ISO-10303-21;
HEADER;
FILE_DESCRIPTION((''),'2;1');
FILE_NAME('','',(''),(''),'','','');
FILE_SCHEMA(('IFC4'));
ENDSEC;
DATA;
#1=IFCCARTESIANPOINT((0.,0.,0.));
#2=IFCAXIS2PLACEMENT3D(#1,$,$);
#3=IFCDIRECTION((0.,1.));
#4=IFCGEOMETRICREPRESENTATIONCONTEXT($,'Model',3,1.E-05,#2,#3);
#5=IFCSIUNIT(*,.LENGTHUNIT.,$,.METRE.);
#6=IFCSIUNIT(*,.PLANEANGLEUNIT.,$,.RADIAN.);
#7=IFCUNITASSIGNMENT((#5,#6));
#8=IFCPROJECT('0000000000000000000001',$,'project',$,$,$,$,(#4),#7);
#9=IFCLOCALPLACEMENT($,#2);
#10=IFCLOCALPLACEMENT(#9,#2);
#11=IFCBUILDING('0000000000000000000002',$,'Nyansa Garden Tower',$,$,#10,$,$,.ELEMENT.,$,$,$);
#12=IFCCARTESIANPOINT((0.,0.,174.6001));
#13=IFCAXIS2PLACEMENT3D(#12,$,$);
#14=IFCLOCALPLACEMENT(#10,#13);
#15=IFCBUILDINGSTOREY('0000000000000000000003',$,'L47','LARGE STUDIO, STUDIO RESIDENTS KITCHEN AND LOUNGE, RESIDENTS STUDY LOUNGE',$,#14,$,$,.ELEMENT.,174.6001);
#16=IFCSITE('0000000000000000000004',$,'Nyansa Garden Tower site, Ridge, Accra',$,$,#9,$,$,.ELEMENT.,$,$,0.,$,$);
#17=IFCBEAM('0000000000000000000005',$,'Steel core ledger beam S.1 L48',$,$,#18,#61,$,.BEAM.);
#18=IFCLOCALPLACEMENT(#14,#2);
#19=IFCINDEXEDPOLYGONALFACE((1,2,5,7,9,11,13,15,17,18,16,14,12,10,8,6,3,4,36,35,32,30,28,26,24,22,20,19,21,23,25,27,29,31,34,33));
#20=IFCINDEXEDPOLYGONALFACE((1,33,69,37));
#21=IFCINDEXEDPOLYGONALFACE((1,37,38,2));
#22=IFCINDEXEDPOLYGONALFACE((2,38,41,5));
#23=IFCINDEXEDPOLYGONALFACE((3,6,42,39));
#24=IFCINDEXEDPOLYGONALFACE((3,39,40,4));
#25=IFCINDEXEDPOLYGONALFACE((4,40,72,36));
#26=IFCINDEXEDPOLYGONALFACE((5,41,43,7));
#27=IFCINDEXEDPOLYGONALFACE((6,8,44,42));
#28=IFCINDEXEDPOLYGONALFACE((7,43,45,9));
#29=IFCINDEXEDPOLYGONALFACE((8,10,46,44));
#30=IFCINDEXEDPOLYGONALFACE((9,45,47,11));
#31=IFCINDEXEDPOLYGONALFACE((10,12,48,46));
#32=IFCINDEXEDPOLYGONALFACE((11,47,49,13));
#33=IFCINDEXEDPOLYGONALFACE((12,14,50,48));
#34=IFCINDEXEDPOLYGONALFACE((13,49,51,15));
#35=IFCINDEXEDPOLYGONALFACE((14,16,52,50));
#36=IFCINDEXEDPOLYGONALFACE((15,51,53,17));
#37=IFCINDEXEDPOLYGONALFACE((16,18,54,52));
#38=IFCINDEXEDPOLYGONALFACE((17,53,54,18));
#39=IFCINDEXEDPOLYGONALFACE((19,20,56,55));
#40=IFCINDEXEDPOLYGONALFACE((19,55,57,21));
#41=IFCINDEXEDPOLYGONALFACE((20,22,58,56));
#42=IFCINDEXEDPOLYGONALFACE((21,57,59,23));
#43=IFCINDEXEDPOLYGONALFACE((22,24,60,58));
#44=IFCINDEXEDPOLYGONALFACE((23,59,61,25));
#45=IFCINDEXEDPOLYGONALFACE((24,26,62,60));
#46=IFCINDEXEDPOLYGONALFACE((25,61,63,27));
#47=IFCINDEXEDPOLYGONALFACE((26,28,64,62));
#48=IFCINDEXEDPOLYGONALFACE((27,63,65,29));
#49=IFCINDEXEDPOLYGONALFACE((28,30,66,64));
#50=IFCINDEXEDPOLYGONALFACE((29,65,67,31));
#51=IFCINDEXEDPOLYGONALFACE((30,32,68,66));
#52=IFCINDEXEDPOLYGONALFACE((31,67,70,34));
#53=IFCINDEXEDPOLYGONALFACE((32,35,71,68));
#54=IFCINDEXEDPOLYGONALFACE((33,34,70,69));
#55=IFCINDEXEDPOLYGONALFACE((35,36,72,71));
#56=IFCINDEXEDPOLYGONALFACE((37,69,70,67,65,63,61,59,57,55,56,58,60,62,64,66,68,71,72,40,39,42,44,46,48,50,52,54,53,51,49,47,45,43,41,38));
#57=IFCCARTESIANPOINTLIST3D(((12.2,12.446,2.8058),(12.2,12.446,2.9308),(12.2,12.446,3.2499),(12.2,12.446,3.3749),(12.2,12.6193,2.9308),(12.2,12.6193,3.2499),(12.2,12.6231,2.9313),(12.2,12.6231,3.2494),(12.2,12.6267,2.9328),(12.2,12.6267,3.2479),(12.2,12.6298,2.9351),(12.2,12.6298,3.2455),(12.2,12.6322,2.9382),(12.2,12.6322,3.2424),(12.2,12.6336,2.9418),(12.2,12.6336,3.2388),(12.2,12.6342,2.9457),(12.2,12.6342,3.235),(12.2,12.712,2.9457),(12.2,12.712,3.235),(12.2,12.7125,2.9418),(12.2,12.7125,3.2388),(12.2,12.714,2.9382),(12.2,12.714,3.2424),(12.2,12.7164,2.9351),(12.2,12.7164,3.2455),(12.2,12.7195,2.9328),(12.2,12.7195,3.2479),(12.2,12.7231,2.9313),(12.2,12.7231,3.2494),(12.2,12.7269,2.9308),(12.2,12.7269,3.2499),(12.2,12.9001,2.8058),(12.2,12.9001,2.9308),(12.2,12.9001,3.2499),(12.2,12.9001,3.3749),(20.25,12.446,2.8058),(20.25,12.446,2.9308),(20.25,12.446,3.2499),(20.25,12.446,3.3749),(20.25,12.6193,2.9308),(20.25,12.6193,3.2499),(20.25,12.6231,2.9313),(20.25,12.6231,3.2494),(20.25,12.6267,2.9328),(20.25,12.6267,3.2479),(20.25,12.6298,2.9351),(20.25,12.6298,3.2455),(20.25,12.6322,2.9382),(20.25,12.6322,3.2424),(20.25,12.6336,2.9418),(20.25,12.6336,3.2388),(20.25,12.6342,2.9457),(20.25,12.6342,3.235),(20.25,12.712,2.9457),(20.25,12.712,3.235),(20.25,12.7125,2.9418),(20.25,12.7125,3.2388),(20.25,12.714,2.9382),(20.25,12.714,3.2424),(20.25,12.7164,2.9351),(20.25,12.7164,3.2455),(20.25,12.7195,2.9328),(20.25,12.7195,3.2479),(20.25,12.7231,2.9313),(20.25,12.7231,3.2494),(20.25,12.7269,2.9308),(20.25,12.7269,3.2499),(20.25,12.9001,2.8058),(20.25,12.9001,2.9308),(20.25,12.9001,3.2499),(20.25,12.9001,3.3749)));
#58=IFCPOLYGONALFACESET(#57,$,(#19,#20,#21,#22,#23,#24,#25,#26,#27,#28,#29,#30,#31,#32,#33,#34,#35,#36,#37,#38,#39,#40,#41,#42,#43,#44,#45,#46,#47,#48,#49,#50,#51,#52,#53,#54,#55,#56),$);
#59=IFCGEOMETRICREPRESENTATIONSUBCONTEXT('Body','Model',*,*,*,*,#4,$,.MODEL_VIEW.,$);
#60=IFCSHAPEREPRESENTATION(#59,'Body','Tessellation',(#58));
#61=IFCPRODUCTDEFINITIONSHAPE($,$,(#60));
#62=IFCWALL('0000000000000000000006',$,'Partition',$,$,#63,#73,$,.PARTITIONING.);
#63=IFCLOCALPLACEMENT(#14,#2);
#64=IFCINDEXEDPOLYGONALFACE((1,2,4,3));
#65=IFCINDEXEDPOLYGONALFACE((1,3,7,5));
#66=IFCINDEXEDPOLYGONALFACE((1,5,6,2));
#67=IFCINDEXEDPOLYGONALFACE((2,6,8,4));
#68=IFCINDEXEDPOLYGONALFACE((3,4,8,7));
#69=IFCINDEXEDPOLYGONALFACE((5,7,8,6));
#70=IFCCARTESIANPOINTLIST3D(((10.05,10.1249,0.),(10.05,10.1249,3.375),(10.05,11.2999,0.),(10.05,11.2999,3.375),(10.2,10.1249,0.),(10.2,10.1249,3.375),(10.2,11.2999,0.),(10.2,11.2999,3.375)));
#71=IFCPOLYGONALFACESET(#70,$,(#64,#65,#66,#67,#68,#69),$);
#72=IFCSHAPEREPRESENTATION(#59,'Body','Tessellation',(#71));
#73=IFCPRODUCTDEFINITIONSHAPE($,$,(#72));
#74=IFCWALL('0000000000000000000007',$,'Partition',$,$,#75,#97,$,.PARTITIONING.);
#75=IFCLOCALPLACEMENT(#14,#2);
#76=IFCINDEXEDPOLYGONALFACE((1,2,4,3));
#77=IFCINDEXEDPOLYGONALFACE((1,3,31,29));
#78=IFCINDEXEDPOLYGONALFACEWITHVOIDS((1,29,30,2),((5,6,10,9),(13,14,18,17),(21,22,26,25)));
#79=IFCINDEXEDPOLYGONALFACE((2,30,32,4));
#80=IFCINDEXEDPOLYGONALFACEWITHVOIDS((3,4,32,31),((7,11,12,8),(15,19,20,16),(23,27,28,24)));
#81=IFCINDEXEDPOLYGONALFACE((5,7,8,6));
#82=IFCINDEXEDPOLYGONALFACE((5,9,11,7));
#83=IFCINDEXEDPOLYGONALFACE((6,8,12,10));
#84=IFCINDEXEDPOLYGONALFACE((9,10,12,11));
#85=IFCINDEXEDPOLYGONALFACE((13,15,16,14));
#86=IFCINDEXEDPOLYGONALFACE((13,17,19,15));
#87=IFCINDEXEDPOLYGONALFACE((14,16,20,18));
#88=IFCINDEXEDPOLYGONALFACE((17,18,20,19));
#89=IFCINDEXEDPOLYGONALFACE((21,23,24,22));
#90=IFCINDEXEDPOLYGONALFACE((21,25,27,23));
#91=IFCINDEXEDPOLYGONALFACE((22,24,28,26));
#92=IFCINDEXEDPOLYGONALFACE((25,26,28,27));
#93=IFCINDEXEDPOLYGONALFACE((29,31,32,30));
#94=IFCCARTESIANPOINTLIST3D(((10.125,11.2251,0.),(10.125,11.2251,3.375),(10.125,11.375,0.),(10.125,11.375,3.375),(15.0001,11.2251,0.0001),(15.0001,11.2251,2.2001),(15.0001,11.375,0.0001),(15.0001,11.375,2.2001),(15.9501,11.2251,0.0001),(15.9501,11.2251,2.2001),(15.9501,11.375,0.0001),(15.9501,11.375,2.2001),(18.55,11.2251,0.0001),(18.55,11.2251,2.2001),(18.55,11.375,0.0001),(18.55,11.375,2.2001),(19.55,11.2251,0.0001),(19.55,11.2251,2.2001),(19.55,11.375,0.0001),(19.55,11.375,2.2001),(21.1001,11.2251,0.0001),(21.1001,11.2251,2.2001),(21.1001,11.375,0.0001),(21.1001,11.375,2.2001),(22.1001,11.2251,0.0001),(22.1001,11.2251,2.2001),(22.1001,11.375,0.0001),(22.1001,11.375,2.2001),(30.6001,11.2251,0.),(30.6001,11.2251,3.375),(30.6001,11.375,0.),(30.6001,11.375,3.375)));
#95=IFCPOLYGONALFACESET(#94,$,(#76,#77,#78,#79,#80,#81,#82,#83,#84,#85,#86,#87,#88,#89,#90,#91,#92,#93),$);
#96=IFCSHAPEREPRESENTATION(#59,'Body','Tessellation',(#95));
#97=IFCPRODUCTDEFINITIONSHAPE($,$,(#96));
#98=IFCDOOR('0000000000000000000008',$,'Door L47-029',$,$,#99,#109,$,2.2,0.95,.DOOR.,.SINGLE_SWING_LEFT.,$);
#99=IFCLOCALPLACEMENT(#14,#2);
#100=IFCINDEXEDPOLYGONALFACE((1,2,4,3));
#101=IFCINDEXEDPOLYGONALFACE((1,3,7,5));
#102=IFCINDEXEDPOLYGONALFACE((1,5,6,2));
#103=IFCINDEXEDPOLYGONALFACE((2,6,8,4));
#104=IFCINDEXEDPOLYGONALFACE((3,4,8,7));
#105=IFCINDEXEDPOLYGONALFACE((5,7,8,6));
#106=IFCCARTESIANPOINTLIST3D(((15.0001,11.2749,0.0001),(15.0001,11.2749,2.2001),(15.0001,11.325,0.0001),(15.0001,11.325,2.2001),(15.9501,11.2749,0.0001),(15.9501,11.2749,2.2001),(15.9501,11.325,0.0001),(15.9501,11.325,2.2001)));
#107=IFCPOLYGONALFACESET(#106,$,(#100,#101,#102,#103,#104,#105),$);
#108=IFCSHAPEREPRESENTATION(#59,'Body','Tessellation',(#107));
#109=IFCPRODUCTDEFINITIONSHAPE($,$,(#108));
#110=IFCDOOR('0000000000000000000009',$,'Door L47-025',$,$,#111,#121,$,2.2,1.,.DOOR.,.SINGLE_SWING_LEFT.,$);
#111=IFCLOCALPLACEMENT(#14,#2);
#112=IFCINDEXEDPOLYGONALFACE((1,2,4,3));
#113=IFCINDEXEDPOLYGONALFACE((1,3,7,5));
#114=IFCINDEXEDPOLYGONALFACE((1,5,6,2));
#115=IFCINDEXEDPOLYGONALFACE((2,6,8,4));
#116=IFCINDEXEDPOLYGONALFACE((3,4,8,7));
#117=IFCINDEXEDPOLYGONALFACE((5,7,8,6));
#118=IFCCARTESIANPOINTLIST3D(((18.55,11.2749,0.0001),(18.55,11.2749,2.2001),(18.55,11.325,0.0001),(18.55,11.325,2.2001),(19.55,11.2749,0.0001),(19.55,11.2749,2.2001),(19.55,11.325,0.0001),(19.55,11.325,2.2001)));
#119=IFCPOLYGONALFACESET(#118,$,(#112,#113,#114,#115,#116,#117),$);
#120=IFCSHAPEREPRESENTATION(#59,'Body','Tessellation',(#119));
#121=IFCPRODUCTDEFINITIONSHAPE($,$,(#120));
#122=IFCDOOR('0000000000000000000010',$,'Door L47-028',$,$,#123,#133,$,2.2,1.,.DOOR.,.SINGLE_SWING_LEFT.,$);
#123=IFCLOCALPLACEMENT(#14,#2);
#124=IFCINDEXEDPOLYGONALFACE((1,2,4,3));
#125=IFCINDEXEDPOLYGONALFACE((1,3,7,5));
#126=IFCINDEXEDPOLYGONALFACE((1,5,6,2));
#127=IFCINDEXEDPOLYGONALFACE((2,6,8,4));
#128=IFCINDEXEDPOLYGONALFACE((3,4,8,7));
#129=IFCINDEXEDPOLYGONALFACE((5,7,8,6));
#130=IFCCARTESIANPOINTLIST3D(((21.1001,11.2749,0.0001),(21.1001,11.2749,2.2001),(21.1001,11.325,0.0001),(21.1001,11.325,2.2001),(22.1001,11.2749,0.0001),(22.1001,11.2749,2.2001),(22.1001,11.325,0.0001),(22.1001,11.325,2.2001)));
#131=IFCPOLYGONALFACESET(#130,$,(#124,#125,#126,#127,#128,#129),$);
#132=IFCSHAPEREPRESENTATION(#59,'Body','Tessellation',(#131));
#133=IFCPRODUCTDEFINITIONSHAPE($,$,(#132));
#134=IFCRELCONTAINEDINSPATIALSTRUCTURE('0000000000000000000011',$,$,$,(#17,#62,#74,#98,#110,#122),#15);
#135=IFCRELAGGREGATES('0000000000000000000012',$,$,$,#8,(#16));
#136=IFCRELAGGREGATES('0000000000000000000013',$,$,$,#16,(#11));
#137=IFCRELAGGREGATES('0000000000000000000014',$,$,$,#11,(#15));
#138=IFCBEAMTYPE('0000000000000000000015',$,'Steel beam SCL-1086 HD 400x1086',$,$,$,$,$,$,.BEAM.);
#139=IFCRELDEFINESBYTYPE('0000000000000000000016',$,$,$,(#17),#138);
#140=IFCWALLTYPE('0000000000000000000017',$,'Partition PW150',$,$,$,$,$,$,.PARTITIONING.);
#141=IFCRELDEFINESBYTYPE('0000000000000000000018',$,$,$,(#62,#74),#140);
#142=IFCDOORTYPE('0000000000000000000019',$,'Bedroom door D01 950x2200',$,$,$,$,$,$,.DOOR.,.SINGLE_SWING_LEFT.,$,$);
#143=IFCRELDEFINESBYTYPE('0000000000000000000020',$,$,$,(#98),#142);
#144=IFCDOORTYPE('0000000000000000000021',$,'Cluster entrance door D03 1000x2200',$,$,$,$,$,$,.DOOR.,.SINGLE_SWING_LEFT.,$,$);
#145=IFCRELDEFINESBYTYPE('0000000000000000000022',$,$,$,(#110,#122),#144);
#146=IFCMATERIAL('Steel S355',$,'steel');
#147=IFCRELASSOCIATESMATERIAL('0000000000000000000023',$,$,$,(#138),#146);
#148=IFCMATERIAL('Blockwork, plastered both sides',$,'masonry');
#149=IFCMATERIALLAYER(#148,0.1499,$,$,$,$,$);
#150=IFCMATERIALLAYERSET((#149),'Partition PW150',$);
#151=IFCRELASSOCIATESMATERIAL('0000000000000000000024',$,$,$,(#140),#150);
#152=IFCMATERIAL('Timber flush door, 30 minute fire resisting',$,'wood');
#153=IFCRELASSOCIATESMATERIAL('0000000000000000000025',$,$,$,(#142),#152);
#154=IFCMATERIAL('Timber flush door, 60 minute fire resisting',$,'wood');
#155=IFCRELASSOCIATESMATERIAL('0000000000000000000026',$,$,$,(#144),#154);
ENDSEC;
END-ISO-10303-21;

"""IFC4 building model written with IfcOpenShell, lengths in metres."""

from ifc_helpers import new_model, si_unit, direction, frame, frame_2d, origin, origin_2d, place, context, subcontext, project, spatial, rectangle, i_section, extrude, material, layer, layer_set, material_profile, profile_set, type_object, element, fill, save


model = new_model("IFC4")

# Units and contexts
model_context = context("Model", 3, precision=1e-05, world=origin(), true_north=direction((0.0, 1.0)))
body_context = subcontext(model_context, "Body", "Model", "MODEL_VIEW")
ifc_project = project(units=[si_unit("LENGTHUNIT", "METRE"), si_unit("PLANEANGLEUNIT", "RADIAN")], contexts=[model_context])

# Site, building, storey
site_placement = place(None, origin())
site = spatial("IfcSite", under=ifc_project, at=site_placement, Name="Nyansa Garden Tower site, Ridge, Accra", CompositionType="ELEMENT", RefElevation=0.0)
building_placement = place(site_placement, origin())
building = spatial("IfcBuilding", under=site, at=building_placement, Name="Nyansa Garden Tower", CompositionType="ELEMENT")
storey_placement = place(building_placement, frame((0.0, 0.0, 174.6001)))
storey = spatial("IfcBuildingStorey", under=building, at=storey_placement, Name="L47", Description="LARGE STUDIO, STUDIO RESIDENTS KITCHEN AND LOUNGE, RESIDENTS STUDY LOUNGE", CompositionType="ELEMENT", Elevation=174.6001)

# Beam
ifc_material_1 = material(Name="Steel S355", Category="steel")
ifc_material_profile_1 = material_profile(ifc_material_1, i_section(OverallWidth=0.4541, OverallDepth=0.5691, WebThickness=0.0779, FlangeThickness=0.125, FilletRadius=0.0149, at=origin_2d()), Name="HD 400x1086")
ifc_profile_set_1 = profile_set([ifc_material_profile_1], Name="Steel S355")
beam_type_1 = type_object("IfcBeamType", Name="Steel beam SCL-1086 HD 400x1086", PredefinedType="BEAM", material=ifc_profile_set_1)
beam_1_placement = place(storey_placement, frame((12.2, 12.6731, 3.0903), z_axis=(1.0, 0.0, 0.0), x_axis=(0.0, 1.0, 0.0)))
element("IfcBeam", 1, at=beam_1_placement, inside=storey, type_object=beam_type_1, Name="Steel core ledger beam S.1 L48", PredefinedType="BEAM", context=body_context, shape_type="SweptSolid", body=[
    extrude(i_section(OverallWidth=0.4541, OverallDepth=0.5691, WebThickness=0.0779, FlangeThickness=0.125, FilletRadius=0.0149, at=origin_2d()), origin(), (0.0, 0.0, 1.0), 8.05),
])

# Wall
ifc_material_2 = material(Name="Blockwork, plastered both sides", Category="masonry")
ifc_layer = layer(ifc_material_2, 0.1499)
ifc_layer_set = layer_set([ifc_layer], Name="Partition PW150")
wall_type = type_object("IfcWallType", Name="Partition PW150", PredefinedType="PARTITIONING", material=ifc_layer_set)
wall_1_placement = place(storey_placement, frame((10.125, 10.125, 0.0), z_axis=(0.0, 0.0, 1.0), x_axis=(0.0, 1.0, 0.0)))
element("IfcWall", 2, at=wall_1_placement, inside=storey, type_object=wall_type, Name="Partition", PredefinedType="PARTITIONING", context=body_context, shape_type="SweptSolid", body=[
    extrude(rectangle(XDim=1.175, YDim=0.1499, at=frame_2d((0.5874, 0.0))), origin(), (0.0, 0.0, 1.0), 3.375),
])

# Wall, openings, doors
wall_2_placement = place(storey_placement, frame((10.125, 11.3, 0.0), z_axis=(0.0, 0.0, 1.0), x_axis=(1.0, 0.0, 0.0)))
wall_2 = element("IfcWall", 3, at=wall_2_placement, inside=storey, type_object=wall_type, Name="Partition", PredefinedType="PARTITIONING", context=body_context, shape_type="SweptSolid", body=[
    extrude(rectangle(XDim=20.4751, YDim=0.1499, at=frame_2d((10.2375, 0.0))), origin(), (0.0, 0.0, 1.0), 3.375),
])
opening_1_placement = place(wall_2_placement, frame((8.425, 0.0, 0.0)))
opening_1 = element("IfcOpeningElement", 4, at=opening_1_placement, cuts=wall_2, PredefinedType="OPENING", context=body_context, shape_type="SweptSolid", body=[
    extrude(rectangle(XDim=1.0, YDim=2.2, at=frame_2d((0.5, 1.1001))), frame((0.0, 0.085, 0.0), z_axis=(0.0, -1.0, 0.0), x_axis=(1.0, 0.0, 0.0)), (0.0, 0.0, 1.0), 0.1699),
])
opening_2_placement = place(wall_2_placement, frame((10.9751, 0.0, 0.0)))
opening_2 = element("IfcOpeningElement", 5, at=opening_2_placement, cuts=wall_2, PredefinedType="OPENING", context=body_context, shape_type="SweptSolid", body=[
    extrude(rectangle(XDim=1.0, YDim=2.2, at=frame_2d((0.5, 1.1001))), frame((0.0, 0.085, 0.0), z_axis=(0.0, -1.0, 0.0), x_axis=(1.0, 0.0, 0.0)), (0.0, 0.0, 1.0), 0.1699),
])
opening_3_placement = place(wall_2_placement, frame((4.875, 0.0, 0.0)))
opening_3 = element("IfcOpeningElement", 6, at=opening_3_placement, cuts=wall_2, PredefinedType="OPENING", context=body_context, shape_type="SweptSolid", body=[
    extrude(rectangle(XDim=0.95, YDim=2.2, at=frame_2d((0.4751, 1.1001))), frame((0.0, 0.085, 0.0), z_axis=(0.0, -1.0, 0.0), x_axis=(1.0, 0.0, 0.0)), (0.0, 0.0, 1.0), 0.1699),
])
ifc_material_3 = material(Name="Timber flush door, 30 minute fire resisting", Category="wood")
door_type_1 = type_object("IfcDoorType", Name="Bedroom door D01 950x2200", OperationType="SINGLE_SWING_LEFT", PredefinedType="DOOR", material=ifc_material_3)
door_1_placement = place(opening_3_placement, origin())
door_1 = element("IfcDoor", 7, at=door_1_placement, inside=storey, type_object=door_type_1, Name="Door L47-029", OperationType="SINGLE_SWING_LEFT", OverallHeight=2.2, OverallWidth=0.95, PredefinedType="DOOR", context=body_context, shape_type="SweptSolid", body=[
    extrude(rectangle(XDim=0.95, YDim=2.2, at=frame_2d((0.4751, 1.1001))), frame((0.0, 0.0249, 0.0), z_axis=(0.0, -1.0, 0.0), x_axis=(1.0, 0.0, 0.0)), (0.0, 0.0, 1.0), 0.05),
])
fill(opening_3, door_1)
ifc_material_4 = material(Name="Timber flush door, 60 minute fire resisting", Category="wood")
door_type_2 = type_object("IfcDoorType", Name="Cluster entrance door D03 1000x2200", OperationType="SINGLE_SWING_LEFT", PredefinedType="DOOR", material=ifc_material_4)
door_2_placement = place(opening_1_placement, origin())
door_2 = element("IfcDoor", 8, at=door_2_placement, inside=storey, type_object=door_type_2, Name="Door L47-025", OperationType="SINGLE_SWING_LEFT", OverallHeight=2.2, OverallWidth=1.0, PredefinedType="DOOR", context=body_context, shape_type="SweptSolid", body=[
    extrude(rectangle(XDim=1.0, YDim=2.2, at=frame_2d((0.5, 1.1001))), frame((0.0, 0.0249, 0.0), z_axis=(0.0, -1.0, 0.0), x_axis=(1.0, 0.0, 0.0)), (0.0, 0.0, 1.0), 0.05),
])
fill(opening_1, door_2)
door_3_placement = place(opening_2_placement, origin())
door_3 = element("IfcDoor", 9, at=door_3_placement, inside=storey, type_object=door_type_2, Name="Door L47-028", OperationType="SINGLE_SWING_LEFT", OverallHeight=2.2, OverallWidth=1.0, PredefinedType="DOOR", context=body_context, shape_type="SweptSolid", body=[
    extrude(rectangle(XDim=1.0, YDim=2.2, at=frame_2d((0.5, 1.1001))), frame((0.0, 0.0249, 0.0), z_axis=(0.0, -1.0, 0.0), x_axis=(1.0, 0.0, 0.0)), (0.0, 0.0, 1.0), 0.05),
])
fill(opening_2, door_3)

save(model, "model.ifc")
